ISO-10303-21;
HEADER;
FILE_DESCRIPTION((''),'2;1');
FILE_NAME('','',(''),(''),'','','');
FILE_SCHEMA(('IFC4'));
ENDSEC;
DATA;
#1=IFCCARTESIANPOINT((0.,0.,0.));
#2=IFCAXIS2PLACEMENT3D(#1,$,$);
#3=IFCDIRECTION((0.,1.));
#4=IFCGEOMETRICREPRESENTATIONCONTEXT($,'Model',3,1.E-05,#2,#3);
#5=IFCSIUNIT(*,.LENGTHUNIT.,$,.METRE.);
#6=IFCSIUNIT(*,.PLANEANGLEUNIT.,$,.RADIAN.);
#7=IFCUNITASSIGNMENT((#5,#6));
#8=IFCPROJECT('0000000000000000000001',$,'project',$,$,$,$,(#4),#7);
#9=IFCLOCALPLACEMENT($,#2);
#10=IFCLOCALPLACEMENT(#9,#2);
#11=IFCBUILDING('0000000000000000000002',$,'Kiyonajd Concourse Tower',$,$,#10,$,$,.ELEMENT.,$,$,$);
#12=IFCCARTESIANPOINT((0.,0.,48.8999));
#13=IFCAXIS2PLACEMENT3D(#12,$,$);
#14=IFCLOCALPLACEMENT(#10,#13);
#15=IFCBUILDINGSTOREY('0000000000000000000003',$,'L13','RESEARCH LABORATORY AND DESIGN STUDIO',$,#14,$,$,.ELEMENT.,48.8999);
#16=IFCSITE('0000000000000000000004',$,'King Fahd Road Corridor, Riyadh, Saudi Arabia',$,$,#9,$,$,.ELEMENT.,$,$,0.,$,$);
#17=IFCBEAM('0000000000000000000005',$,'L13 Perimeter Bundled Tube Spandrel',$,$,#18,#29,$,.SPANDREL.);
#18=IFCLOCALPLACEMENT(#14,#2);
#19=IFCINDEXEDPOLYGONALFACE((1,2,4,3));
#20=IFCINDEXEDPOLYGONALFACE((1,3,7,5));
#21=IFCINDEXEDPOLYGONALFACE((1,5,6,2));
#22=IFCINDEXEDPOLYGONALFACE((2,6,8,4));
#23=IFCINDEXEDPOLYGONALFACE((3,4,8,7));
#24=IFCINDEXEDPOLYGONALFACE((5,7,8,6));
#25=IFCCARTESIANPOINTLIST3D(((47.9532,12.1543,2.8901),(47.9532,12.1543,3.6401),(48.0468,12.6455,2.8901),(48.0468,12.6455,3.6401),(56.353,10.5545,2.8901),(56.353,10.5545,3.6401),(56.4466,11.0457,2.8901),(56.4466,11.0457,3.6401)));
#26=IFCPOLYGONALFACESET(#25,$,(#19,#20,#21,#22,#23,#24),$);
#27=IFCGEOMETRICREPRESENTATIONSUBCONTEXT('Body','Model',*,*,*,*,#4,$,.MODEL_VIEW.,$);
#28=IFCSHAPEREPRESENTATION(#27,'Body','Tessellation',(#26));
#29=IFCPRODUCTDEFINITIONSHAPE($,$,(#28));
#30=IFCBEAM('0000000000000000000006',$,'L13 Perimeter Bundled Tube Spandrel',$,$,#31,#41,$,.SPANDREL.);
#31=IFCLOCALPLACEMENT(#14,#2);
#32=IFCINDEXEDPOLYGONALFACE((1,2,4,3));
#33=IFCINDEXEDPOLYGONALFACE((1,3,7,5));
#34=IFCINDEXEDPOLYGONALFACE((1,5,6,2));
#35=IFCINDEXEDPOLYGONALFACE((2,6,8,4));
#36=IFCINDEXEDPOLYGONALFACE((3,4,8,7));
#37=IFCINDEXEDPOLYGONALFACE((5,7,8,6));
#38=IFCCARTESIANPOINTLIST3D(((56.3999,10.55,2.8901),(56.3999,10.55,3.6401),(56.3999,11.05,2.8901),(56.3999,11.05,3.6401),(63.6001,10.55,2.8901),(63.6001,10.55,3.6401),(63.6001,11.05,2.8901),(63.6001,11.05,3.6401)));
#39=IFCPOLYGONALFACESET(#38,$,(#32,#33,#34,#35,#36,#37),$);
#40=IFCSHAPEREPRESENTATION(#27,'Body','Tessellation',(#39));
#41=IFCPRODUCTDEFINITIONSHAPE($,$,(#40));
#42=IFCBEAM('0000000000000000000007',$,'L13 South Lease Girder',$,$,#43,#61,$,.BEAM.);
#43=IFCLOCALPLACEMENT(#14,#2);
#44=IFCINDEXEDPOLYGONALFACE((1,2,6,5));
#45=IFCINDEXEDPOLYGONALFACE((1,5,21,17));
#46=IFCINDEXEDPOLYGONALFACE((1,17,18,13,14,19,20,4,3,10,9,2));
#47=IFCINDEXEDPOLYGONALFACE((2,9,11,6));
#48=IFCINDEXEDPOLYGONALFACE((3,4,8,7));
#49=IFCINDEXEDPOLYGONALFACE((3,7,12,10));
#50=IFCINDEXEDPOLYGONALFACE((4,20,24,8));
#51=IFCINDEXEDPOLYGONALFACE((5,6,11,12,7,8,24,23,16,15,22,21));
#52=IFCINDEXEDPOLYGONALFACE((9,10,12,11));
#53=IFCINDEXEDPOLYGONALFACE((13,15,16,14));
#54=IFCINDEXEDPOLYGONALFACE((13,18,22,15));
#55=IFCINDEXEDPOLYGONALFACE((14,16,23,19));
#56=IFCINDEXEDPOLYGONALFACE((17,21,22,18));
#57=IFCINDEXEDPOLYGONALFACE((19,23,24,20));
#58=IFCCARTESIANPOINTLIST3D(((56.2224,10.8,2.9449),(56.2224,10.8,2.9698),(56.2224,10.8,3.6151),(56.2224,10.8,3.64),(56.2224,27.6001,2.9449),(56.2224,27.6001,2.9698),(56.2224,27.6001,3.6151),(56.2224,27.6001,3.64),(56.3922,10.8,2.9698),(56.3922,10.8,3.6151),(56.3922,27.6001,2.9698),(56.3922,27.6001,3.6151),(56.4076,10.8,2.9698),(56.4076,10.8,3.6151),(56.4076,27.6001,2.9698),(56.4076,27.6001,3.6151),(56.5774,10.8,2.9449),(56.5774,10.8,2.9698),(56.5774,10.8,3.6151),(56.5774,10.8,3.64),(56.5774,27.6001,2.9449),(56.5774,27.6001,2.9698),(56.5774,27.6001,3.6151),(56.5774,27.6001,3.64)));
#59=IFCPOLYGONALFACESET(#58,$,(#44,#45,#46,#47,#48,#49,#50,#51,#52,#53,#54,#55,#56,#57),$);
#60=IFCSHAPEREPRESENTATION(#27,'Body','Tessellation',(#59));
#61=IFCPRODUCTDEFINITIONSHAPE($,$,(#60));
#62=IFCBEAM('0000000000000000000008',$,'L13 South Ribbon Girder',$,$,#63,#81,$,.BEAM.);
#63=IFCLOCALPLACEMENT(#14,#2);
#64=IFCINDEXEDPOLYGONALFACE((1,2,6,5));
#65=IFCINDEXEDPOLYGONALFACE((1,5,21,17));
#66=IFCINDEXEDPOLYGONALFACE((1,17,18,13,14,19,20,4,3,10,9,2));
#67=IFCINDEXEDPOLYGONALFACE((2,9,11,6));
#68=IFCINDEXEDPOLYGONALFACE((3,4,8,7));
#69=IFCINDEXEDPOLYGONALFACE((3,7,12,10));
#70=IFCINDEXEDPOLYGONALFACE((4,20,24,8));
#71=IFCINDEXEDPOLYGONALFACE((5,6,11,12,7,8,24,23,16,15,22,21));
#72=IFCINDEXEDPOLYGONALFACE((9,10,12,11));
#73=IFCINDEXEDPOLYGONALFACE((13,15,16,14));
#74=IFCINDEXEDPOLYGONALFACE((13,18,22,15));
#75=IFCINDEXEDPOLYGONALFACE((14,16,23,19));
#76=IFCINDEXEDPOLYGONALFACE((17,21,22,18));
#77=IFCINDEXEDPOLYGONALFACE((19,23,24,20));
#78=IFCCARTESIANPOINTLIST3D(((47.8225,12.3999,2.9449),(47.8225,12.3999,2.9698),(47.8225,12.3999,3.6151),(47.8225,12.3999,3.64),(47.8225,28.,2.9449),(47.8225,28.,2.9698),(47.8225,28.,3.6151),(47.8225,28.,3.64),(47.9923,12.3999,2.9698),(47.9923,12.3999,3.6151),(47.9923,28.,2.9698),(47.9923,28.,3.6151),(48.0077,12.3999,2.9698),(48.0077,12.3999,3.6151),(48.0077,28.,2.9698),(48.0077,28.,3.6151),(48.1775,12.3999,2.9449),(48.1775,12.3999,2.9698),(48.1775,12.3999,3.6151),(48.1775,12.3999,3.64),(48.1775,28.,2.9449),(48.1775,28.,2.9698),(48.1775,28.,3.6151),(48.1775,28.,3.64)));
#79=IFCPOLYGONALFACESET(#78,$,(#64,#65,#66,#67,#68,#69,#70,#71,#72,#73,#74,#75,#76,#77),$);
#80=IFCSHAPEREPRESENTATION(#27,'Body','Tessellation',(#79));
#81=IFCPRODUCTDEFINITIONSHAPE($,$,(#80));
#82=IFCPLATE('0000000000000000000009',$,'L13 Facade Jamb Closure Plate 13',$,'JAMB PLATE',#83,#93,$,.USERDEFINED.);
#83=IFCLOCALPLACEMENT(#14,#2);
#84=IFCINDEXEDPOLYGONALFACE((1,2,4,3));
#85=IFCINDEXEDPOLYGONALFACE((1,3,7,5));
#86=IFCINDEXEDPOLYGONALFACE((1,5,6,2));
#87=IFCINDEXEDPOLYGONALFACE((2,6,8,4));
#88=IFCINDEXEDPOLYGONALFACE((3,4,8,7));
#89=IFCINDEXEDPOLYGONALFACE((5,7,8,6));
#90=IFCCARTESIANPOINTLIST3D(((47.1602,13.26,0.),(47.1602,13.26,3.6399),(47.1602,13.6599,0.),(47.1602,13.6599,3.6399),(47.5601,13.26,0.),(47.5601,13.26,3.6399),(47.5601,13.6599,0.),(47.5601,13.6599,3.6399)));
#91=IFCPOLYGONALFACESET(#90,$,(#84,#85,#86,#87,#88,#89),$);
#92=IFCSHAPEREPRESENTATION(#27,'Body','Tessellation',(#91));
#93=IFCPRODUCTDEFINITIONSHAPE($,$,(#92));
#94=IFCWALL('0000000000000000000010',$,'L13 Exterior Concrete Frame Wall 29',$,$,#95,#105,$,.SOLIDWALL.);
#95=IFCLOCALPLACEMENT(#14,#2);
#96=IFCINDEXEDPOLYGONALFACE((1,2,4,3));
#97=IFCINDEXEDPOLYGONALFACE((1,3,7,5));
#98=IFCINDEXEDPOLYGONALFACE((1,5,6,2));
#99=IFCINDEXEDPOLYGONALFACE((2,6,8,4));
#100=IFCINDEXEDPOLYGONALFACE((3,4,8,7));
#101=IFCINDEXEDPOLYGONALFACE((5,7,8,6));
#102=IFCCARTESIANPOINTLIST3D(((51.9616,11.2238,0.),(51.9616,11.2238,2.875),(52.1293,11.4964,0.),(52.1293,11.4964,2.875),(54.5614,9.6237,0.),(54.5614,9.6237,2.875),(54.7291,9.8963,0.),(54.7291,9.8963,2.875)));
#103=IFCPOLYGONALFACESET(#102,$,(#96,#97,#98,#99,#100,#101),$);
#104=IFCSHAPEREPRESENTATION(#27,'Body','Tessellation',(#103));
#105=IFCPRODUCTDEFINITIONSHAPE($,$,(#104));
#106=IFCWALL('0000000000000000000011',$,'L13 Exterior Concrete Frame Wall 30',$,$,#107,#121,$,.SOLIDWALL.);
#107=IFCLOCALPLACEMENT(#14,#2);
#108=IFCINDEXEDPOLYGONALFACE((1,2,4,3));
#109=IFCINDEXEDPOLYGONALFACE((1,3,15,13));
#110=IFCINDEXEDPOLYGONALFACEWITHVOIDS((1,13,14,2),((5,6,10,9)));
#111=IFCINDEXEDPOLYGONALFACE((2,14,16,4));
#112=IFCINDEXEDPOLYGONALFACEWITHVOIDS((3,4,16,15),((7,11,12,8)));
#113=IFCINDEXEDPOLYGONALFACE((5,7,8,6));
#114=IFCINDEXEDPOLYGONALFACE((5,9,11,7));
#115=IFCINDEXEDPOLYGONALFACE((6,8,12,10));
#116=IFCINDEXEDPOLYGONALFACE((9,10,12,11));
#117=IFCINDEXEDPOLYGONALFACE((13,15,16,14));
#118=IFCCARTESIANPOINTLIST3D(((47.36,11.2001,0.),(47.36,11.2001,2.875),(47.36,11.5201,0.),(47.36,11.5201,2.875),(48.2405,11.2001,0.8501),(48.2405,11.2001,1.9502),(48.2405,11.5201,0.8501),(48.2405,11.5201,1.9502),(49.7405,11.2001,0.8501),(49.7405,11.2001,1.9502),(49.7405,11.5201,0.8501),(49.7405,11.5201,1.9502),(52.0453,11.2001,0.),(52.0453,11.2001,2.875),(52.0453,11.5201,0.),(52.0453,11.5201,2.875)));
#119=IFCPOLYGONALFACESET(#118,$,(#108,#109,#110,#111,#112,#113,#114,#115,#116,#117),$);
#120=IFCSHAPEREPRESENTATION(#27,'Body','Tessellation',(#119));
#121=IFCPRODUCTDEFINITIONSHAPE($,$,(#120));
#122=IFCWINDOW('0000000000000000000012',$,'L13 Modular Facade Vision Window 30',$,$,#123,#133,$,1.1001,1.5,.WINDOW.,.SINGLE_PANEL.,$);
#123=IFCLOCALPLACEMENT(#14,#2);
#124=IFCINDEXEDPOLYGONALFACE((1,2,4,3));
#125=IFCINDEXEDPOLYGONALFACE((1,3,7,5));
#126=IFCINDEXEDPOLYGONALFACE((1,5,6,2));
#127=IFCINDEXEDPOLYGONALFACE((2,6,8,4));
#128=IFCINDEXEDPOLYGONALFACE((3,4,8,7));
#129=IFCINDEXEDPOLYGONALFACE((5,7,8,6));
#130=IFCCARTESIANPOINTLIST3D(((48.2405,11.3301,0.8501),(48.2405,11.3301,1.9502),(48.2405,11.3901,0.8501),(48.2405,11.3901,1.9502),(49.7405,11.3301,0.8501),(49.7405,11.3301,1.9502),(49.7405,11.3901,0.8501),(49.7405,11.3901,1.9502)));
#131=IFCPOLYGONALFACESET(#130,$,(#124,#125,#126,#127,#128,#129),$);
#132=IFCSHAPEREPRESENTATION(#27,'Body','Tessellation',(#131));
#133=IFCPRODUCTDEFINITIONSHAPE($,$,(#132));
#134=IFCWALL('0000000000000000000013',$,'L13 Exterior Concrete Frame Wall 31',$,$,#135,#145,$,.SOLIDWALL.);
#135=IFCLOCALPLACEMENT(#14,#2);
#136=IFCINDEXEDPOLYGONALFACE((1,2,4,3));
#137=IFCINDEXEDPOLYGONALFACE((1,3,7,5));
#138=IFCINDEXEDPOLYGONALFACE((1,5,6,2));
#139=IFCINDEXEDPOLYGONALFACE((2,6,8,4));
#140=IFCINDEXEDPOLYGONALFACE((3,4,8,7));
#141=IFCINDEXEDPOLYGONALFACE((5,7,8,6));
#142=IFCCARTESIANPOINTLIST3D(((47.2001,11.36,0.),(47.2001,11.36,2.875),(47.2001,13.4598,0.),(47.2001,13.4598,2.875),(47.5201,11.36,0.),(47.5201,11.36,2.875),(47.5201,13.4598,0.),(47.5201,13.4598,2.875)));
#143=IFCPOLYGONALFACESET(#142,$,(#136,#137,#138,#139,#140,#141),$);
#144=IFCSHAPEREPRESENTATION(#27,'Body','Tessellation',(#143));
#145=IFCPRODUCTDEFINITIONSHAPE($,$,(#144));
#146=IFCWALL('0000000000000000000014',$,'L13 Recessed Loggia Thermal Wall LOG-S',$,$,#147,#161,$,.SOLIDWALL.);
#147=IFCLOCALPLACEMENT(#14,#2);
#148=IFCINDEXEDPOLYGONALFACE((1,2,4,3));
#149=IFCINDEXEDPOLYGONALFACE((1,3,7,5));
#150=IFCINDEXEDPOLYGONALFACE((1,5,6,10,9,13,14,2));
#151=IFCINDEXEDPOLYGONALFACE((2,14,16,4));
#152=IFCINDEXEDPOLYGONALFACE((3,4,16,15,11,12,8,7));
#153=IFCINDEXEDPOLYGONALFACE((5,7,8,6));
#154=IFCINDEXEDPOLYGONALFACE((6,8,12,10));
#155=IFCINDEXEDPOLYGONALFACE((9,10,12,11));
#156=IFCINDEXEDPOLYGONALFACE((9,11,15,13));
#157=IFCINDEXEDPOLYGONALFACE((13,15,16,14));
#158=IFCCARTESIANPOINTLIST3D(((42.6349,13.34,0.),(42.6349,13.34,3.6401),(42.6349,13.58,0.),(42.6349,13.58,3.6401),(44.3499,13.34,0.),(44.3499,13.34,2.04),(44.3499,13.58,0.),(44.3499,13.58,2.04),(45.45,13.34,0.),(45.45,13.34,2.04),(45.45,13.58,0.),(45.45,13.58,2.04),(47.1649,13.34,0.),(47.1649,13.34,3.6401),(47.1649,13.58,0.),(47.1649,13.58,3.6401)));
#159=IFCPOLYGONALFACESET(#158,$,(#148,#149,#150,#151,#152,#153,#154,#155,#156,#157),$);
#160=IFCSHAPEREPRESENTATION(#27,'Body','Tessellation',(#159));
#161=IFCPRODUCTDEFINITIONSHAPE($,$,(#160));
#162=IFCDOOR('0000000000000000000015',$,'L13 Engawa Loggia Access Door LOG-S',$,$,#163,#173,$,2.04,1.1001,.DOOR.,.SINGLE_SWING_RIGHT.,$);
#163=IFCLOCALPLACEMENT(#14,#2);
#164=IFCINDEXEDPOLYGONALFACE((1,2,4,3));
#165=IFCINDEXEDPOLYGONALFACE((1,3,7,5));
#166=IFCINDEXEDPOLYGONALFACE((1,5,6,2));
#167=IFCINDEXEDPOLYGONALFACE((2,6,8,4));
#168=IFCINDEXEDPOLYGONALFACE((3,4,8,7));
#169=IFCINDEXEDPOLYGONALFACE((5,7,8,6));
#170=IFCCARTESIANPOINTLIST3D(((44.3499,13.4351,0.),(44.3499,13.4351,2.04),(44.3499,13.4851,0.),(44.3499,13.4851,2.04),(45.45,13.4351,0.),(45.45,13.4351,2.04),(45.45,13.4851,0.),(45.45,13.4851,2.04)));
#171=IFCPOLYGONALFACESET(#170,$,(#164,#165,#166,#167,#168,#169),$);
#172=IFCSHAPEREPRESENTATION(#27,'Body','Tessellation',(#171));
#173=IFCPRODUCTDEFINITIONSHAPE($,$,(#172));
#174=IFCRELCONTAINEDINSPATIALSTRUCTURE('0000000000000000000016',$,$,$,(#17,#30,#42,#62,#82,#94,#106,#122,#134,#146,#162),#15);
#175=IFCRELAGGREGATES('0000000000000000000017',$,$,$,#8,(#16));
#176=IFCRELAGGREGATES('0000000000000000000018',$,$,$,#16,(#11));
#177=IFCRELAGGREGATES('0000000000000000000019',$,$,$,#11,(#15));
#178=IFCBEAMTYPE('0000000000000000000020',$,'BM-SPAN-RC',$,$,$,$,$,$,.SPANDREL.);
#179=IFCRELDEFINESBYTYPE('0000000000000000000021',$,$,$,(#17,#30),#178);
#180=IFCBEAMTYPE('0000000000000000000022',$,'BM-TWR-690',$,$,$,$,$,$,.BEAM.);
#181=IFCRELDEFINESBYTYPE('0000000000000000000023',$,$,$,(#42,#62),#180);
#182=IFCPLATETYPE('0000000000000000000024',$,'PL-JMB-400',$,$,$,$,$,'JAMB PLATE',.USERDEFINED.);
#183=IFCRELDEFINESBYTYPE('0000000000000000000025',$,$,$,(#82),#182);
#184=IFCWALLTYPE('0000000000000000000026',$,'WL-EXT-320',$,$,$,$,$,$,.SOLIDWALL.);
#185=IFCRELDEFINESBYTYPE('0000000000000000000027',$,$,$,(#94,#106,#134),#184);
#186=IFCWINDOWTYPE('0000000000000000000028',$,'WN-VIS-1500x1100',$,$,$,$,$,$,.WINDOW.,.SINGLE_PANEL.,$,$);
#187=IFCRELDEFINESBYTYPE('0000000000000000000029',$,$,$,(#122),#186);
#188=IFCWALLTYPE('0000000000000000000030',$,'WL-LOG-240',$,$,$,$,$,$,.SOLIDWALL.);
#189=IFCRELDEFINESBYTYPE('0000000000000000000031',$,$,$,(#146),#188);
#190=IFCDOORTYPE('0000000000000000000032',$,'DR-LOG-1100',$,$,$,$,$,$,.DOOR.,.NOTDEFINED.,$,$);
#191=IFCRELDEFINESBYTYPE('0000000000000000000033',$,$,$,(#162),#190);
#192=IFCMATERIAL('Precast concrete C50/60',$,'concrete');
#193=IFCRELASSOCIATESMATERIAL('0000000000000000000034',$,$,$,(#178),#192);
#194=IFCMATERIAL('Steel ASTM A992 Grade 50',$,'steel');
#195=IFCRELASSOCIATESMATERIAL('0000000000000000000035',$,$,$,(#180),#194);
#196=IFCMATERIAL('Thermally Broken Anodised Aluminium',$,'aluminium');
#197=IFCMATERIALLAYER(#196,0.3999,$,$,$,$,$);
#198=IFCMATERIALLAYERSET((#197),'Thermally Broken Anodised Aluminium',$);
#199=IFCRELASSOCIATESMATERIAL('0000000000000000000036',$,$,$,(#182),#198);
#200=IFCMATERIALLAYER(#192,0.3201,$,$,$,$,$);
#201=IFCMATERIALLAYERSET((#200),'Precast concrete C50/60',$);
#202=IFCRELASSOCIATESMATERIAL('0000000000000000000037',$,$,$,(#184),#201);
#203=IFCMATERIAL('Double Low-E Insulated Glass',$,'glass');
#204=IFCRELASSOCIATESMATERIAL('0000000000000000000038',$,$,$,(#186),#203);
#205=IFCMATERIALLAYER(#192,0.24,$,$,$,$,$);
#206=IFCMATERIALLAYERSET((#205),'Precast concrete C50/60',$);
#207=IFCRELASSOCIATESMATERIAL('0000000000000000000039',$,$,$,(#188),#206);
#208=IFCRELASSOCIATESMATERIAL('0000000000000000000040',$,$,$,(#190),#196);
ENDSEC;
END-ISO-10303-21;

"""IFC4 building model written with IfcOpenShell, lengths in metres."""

from ifc_helpers import new_model, si_unit, direction, frame, frame_2d, origin, origin_2d, place, context, subcontext, project, spatial, rectangle, i_section, extrude, material, layer, layer_set, material_profile, profile_set, type_object, element, fill, save


model = new_model("IFC4")

# Units and contexts
model_context = context("Model", 3, precision=1e-05, world=origin(), true_north=direction((0.0, 1.0)))
body_context = subcontext(model_context, "Body", "Model", "MODEL_VIEW")
ifc_project = project(units=[si_unit("LENGTHUNIT", "METRE"), si_unit("PLANEANGLEUNIT", "RADIAN")], contexts=[model_context])

# Site, building, storey
site_placement = place(None, origin())
site = spatial("IfcSite", under=ifc_project, at=site_placement, Name="King Fahd Road Corridor, Riyadh, Saudi Arabia", CompositionType="ELEMENT", RefElevation=0.0)
building_placement = place(site_placement, origin())
building = spatial("IfcBuilding", under=site, at=building_placement, Name="Kiyonajd Concourse Tower", CompositionType="ELEMENT")
storey_placement = place(building_placement, frame((0.0, 0.0, 48.8999)))
storey = spatial("IfcBuildingStorey", under=building, at=storey_placement, Name="L13", Description="RESEARCH LABORATORY AND DESIGN STUDIO", CompositionType="ELEMENT", Elevation=48.8999)

# Beams
ifc_material_1 = material(Name="Steel ASTM A992 Grade 50", Category="steel")
ifc_material_2 = material(Name="Precast concrete C50/60", Category="concrete")
ifc_material_profile_1 = material_profile(ifc_material_2, rectangle(XDim=0.5, YDim=0.75, at=origin_2d()), Name="RCBM-500x750")
ifc_profile_set_1 = profile_set([ifc_material_profile_1], Name="Precast concrete C50/60")
beam_type_1 = type_object("IfcBeamType", Name="BM-SPAN-RC", PredefinedType="SPANDREL", material=ifc_profile_set_1)
beam_1_placement = place(storey_placement, frame((48.0, 12.3999, 3.2651), z_axis=(0.982341, -0.187098, 0.0), x_axis=(0.187098, 0.982341, 0.0)))
element("IfcBeam", 1, at=beam_1_placement, inside=storey, type_object=beam_type_1, Name="L13 Perimeter Bundled Tube Spandrel", PredefinedType="SPANDREL", context=body_context, shape_type="SweptSolid", body=[
    extrude(rectangle(XDim=0.5, YDim=0.75, at=origin_2d()), origin(), (0.0, 0.0, 1.0), 8.5508),
])
beam_2_placement = place(storey_placement, frame((56.3999, 10.8, 3.2651), z_axis=(1.0, 0.0, 0.0), x_axis=(0.0, 1.0, 0.0)))
element("IfcBeam", 2, at=beam_2_placement, inside=storey, type_object=beam_type_1, Name="L13 Perimeter Bundled Tube Spandrel", PredefinedType="SPANDREL", context=body_context, shape_type="SweptSolid", body=[
    extrude(rectangle(XDim=0.5, YDim=0.75, at=origin_2d()), origin(), (0.0, 0.0, 1.0), 7.2002),
])
ifc_material_profile_2 = material_profile(ifc_material_1, i_section(OverallWidth=0.355, OverallDepth=0.6951, WebThickness=0.0154, FlangeThickness=0.0249, at=origin_2d()), Name="W690X217")
ifc_profile_set_2 = profile_set([ifc_material_profile_2], Name="Steel ASTM A992 Grade 50")
beam_type_2 = type_object("IfcBeamType", Name="BM-TWR-690", PredefinedType="BEAM", material=ifc_profile_set_2)
beam_3_placement = place(storey_placement, frame((56.3999, 10.8, 3.2925), z_axis=(0.0, 1.0, 0.0), x_axis=(-1.0, 0.0, 0.0)))
element("IfcBeam", 3, at=beam_3_placement, inside=storey, type_object=beam_type_2, Name="L13 South Lease Girder", PredefinedType="BEAM", context=body_context, shape_type="SweptSolid", body=[
    extrude(i_section(OverallWidth=0.355, OverallDepth=0.6951, WebThickness=0.0154, FlangeThickness=0.0249, at=origin_2d()), origin(), (0.0, 0.0, 1.0), 16.8),
])
beam_4_placement = place(storey_placement, frame((48.0, 12.3999, 3.2925), z_axis=(0.0, 1.0, 0.0), x_axis=(-1.0, 0.0, 0.0)))
element("IfcBeam", 4, at=beam_4_placement, inside=storey, type_object=beam_type_2, Name="L13 South Ribbon Girder", PredefinedType="BEAM", context=body_context, shape_type="SweptSolid", body=[
    extrude(i_section(OverallWidth=0.355, OverallDepth=0.6951, WebThickness=0.0154, FlangeThickness=0.0249, at=origin_2d()), origin(), (0.0, 0.0, 1.0), 15.6001),
])

# Plate
ifc_material_3 = material(Name="Thermally Broken Anodised Aluminium", Category="aluminium")
ifc_layer_1 = layer(ifc_material_3, 0.3999)
ifc_layer_set_1 = layer_set([ifc_layer_1], Name="Thermally Broken Anodised Aluminium")
plate_type = type_object("IfcPlateType", Name="PL-JMB-400", ElementType="JAMB PLATE", PredefinedType="USERDEFINED", material=ifc_layer_set_1)
plate_placement = place(storey_placement, frame((47.3601, 13.46, 0.0), z_axis=(0.0, 0.0, 1.0), x_axis=(1.0, 0.0, 0.0)))
element("IfcPlate", 5, at=plate_placement, inside=storey, type_object=plate_type, Name="L13 Facade Jamb Closure Plate 13", ObjectType="JAMB PLATE", PredefinedType="USERDEFINED", context=body_context, shape_type="SweptSolid", body=[
    extrude(rectangle(XDim=0.3999, YDim=0.3999, at=origin_2d()), origin(), (0.0, 0.0, 1.0), 3.6399),
])

# Wall
ifc_layer_2 = layer(ifc_material_2, 0.3201)
ifc_layer_set_2 = layer_set([ifc_layer_2], Name="Precast concrete C50/60")
wall_type_1 = type_object("IfcWallType", Name="WL-EXT-320", PredefinedType="SOLIDWALL", material=ifc_layer_set_2)
wall_1_placement = place(storey_placement, frame((54.6453, 9.76, 0.0), z_axis=(0.0, 0.0, 1.0), x_axis=(-0.851631, 0.524142, 0.0)))
element("IfcWall", 6, at=wall_1_placement, inside=storey, type_object=wall_type_1, Name="L13 Exterior Concrete Frame Wall 29", PredefinedType="SOLIDWALL", context=body_context, shape_type="SweptSolid", body=[
    extrude(rectangle(XDim=3.0527, YDim=0.3201, at=frame_2d((1.5264, 0.0))), origin(), (0.0, 0.0, 1.0), 2.875),
])

# Wall, opening, window
wall_2_placement = place(storey_placement, frame((52.0454, 11.3601, 0.0), z_axis=(0.0, 0.0, 1.0), x_axis=(-1.0, 0.0, 0.0)))
wall_2 = element("IfcWall", 7, at=wall_2_placement, inside=storey, type_object=wall_type_1, Name="L13 Exterior Concrete Frame Wall 30", PredefinedType="SOLIDWALL", context=body_context, shape_type="SweptSolid", body=[
    extrude(rectangle(XDim=4.6853, YDim=0.3201, at=frame_2d((2.3428, 0.0))), origin(), (0.0, 0.0, 1.0), 2.875),
])
opening_1_placement = place(wall_2_placement, frame((2.3049, 0.0, 0.8501)))
opening_1 = element("IfcOpeningElement", 8, at=opening_1_placement, cuts=wall_2, PredefinedType="OPENING", context=body_context, shape_type="SweptSolid", body=[
    extrude(rectangle(XDim=1.5, YDim=1.1001, at=frame_2d((0.75, 0.55))), frame((0.0, 0.1699, 0.0), z_axis=(0.0, -1.0, 0.0), x_axis=(1.0, 0.0, 0.0)), (0.0, 0.0, 1.0), 0.3401),
])
ifc_material_4 = material(Name="Double Low-E Insulated Glass", Category="glass")
window_type = type_object("IfcWindowType", Name="WN-VIS-1500x1100", PartitioningType="SINGLE_PANEL", PredefinedType="WINDOW", material=ifc_material_4)
window_placement = place(opening_1_placement, origin())
window = element("IfcWindow", 9, at=window_placement, inside=storey, type_object=window_type, Name="L13 Modular Facade Vision Window 30", OverallHeight=1.1001, OverallWidth=1.5, PartitioningType="SINGLE_PANEL", PredefinedType="WINDOW", context=body_context, shape_type="SweptSolid", body=[
    extrude(rectangle(XDim=1.5, YDim=1.1001, at=frame_2d((0.75, 0.55))), frame((0.0, 0.03, 0.0), z_axis=(0.0, -1.0, 0.0), x_axis=(1.0, 0.0, 0.0)), (0.0, 0.0, 1.0), 0.0601),
])
fill(opening_1, window)

# Wall
wall_3_placement = place(storey_placement, frame((47.3601, 11.3601, 0.0), z_axis=(0.0, 0.0, 1.0), x_axis=(0.0, 1.0, 0.0)))
element("IfcWall", 10, at=wall_3_placement, inside=storey, type_object=wall_type_1, Name="L13 Exterior Concrete Frame Wall 31", PredefinedType="SOLIDWALL", context=body_context, shape_type="SweptSolid", body=[
    extrude(rectangle(XDim=2.0999, YDim=0.3201, at=frame_2d((1.0498, 0.0))), origin(), (0.0, 0.0, 1.0), 2.875),
])

# Wall, opening, door
ifc_layer_3 = layer(ifc_material_2, 0.24)
ifc_layer_set_3 = layer_set([ifc_layer_3], Name="Precast concrete C50/60")
wall_type_2 = type_object("IfcWallType", Name="WL-LOG-240", PredefinedType="SOLIDWALL", material=ifc_layer_set_3)
wall_4_placement = place(storey_placement, frame((47.165, 13.46, 0.0), z_axis=(0.0, 0.0, 1.0), x_axis=(-1.0, 0.0, 0.0)))
wall_4 = element("IfcWall", 11, at=wall_4_placement, inside=storey, type_object=wall_type_2, Name="L13 Recessed Loggia Thermal Wall LOG-S", PredefinedType="SOLIDWALL", context=body_context, shape_type="SweptSolid", body=[
    extrude(rectangle(XDim=4.53, YDim=0.24, at=frame_2d((2.2651, 0.0))), origin(), (0.0, 0.0, 1.0), 3.6401),
])
opening_2_placement = place(wall_4_placement, frame((1.7151, 0.0, 0.0)))
opening_2 = element("IfcOpeningElement", 12, at=opening_2_placement, cuts=wall_4, PredefinedType="OPENING", context=body_context, shape_type="SweptSolid", body=[
    extrude(rectangle(XDim=1.1001, YDim=2.04, at=frame_2d((0.55, 1.02))), frame((0.0, 0.1299, 0.0), z_axis=(0.0, -1.0, 0.0), x_axis=(1.0, 0.0, 0.0)), (0.0, 0.0, 1.0), 0.26),
])
door_type = type_object("IfcDoorType", Name="DR-LOG-1100", OperationType="NOTDEFINED", PredefinedType="DOOR", material=ifc_material_3)
door_placement = place(opening_2_placement, origin())
door = element("IfcDoor", 13, at=door_placement, inside=storey, type_object=door_type, Name="L13 Engawa Loggia Access Door LOG-S", OperationType="SINGLE_SWING_RIGHT", OverallHeight=2.04, OverallWidth=1.1001, PredefinedType="DOOR", context=body_context, shape_type="SweptSolid", body=[
    extrude(rectangle(XDim=1.1001, YDim=2.04, at=frame_2d((0.55, 1.02))), frame((0.0, 0.0249, 0.0), z_axis=(0.0, -1.0, 0.0), x_axis=(1.0, 0.0, 0.0)), (0.0, 0.0, 1.0), 0.05),
])
fill(opening_2, door)

save(model, "model.ifc")
